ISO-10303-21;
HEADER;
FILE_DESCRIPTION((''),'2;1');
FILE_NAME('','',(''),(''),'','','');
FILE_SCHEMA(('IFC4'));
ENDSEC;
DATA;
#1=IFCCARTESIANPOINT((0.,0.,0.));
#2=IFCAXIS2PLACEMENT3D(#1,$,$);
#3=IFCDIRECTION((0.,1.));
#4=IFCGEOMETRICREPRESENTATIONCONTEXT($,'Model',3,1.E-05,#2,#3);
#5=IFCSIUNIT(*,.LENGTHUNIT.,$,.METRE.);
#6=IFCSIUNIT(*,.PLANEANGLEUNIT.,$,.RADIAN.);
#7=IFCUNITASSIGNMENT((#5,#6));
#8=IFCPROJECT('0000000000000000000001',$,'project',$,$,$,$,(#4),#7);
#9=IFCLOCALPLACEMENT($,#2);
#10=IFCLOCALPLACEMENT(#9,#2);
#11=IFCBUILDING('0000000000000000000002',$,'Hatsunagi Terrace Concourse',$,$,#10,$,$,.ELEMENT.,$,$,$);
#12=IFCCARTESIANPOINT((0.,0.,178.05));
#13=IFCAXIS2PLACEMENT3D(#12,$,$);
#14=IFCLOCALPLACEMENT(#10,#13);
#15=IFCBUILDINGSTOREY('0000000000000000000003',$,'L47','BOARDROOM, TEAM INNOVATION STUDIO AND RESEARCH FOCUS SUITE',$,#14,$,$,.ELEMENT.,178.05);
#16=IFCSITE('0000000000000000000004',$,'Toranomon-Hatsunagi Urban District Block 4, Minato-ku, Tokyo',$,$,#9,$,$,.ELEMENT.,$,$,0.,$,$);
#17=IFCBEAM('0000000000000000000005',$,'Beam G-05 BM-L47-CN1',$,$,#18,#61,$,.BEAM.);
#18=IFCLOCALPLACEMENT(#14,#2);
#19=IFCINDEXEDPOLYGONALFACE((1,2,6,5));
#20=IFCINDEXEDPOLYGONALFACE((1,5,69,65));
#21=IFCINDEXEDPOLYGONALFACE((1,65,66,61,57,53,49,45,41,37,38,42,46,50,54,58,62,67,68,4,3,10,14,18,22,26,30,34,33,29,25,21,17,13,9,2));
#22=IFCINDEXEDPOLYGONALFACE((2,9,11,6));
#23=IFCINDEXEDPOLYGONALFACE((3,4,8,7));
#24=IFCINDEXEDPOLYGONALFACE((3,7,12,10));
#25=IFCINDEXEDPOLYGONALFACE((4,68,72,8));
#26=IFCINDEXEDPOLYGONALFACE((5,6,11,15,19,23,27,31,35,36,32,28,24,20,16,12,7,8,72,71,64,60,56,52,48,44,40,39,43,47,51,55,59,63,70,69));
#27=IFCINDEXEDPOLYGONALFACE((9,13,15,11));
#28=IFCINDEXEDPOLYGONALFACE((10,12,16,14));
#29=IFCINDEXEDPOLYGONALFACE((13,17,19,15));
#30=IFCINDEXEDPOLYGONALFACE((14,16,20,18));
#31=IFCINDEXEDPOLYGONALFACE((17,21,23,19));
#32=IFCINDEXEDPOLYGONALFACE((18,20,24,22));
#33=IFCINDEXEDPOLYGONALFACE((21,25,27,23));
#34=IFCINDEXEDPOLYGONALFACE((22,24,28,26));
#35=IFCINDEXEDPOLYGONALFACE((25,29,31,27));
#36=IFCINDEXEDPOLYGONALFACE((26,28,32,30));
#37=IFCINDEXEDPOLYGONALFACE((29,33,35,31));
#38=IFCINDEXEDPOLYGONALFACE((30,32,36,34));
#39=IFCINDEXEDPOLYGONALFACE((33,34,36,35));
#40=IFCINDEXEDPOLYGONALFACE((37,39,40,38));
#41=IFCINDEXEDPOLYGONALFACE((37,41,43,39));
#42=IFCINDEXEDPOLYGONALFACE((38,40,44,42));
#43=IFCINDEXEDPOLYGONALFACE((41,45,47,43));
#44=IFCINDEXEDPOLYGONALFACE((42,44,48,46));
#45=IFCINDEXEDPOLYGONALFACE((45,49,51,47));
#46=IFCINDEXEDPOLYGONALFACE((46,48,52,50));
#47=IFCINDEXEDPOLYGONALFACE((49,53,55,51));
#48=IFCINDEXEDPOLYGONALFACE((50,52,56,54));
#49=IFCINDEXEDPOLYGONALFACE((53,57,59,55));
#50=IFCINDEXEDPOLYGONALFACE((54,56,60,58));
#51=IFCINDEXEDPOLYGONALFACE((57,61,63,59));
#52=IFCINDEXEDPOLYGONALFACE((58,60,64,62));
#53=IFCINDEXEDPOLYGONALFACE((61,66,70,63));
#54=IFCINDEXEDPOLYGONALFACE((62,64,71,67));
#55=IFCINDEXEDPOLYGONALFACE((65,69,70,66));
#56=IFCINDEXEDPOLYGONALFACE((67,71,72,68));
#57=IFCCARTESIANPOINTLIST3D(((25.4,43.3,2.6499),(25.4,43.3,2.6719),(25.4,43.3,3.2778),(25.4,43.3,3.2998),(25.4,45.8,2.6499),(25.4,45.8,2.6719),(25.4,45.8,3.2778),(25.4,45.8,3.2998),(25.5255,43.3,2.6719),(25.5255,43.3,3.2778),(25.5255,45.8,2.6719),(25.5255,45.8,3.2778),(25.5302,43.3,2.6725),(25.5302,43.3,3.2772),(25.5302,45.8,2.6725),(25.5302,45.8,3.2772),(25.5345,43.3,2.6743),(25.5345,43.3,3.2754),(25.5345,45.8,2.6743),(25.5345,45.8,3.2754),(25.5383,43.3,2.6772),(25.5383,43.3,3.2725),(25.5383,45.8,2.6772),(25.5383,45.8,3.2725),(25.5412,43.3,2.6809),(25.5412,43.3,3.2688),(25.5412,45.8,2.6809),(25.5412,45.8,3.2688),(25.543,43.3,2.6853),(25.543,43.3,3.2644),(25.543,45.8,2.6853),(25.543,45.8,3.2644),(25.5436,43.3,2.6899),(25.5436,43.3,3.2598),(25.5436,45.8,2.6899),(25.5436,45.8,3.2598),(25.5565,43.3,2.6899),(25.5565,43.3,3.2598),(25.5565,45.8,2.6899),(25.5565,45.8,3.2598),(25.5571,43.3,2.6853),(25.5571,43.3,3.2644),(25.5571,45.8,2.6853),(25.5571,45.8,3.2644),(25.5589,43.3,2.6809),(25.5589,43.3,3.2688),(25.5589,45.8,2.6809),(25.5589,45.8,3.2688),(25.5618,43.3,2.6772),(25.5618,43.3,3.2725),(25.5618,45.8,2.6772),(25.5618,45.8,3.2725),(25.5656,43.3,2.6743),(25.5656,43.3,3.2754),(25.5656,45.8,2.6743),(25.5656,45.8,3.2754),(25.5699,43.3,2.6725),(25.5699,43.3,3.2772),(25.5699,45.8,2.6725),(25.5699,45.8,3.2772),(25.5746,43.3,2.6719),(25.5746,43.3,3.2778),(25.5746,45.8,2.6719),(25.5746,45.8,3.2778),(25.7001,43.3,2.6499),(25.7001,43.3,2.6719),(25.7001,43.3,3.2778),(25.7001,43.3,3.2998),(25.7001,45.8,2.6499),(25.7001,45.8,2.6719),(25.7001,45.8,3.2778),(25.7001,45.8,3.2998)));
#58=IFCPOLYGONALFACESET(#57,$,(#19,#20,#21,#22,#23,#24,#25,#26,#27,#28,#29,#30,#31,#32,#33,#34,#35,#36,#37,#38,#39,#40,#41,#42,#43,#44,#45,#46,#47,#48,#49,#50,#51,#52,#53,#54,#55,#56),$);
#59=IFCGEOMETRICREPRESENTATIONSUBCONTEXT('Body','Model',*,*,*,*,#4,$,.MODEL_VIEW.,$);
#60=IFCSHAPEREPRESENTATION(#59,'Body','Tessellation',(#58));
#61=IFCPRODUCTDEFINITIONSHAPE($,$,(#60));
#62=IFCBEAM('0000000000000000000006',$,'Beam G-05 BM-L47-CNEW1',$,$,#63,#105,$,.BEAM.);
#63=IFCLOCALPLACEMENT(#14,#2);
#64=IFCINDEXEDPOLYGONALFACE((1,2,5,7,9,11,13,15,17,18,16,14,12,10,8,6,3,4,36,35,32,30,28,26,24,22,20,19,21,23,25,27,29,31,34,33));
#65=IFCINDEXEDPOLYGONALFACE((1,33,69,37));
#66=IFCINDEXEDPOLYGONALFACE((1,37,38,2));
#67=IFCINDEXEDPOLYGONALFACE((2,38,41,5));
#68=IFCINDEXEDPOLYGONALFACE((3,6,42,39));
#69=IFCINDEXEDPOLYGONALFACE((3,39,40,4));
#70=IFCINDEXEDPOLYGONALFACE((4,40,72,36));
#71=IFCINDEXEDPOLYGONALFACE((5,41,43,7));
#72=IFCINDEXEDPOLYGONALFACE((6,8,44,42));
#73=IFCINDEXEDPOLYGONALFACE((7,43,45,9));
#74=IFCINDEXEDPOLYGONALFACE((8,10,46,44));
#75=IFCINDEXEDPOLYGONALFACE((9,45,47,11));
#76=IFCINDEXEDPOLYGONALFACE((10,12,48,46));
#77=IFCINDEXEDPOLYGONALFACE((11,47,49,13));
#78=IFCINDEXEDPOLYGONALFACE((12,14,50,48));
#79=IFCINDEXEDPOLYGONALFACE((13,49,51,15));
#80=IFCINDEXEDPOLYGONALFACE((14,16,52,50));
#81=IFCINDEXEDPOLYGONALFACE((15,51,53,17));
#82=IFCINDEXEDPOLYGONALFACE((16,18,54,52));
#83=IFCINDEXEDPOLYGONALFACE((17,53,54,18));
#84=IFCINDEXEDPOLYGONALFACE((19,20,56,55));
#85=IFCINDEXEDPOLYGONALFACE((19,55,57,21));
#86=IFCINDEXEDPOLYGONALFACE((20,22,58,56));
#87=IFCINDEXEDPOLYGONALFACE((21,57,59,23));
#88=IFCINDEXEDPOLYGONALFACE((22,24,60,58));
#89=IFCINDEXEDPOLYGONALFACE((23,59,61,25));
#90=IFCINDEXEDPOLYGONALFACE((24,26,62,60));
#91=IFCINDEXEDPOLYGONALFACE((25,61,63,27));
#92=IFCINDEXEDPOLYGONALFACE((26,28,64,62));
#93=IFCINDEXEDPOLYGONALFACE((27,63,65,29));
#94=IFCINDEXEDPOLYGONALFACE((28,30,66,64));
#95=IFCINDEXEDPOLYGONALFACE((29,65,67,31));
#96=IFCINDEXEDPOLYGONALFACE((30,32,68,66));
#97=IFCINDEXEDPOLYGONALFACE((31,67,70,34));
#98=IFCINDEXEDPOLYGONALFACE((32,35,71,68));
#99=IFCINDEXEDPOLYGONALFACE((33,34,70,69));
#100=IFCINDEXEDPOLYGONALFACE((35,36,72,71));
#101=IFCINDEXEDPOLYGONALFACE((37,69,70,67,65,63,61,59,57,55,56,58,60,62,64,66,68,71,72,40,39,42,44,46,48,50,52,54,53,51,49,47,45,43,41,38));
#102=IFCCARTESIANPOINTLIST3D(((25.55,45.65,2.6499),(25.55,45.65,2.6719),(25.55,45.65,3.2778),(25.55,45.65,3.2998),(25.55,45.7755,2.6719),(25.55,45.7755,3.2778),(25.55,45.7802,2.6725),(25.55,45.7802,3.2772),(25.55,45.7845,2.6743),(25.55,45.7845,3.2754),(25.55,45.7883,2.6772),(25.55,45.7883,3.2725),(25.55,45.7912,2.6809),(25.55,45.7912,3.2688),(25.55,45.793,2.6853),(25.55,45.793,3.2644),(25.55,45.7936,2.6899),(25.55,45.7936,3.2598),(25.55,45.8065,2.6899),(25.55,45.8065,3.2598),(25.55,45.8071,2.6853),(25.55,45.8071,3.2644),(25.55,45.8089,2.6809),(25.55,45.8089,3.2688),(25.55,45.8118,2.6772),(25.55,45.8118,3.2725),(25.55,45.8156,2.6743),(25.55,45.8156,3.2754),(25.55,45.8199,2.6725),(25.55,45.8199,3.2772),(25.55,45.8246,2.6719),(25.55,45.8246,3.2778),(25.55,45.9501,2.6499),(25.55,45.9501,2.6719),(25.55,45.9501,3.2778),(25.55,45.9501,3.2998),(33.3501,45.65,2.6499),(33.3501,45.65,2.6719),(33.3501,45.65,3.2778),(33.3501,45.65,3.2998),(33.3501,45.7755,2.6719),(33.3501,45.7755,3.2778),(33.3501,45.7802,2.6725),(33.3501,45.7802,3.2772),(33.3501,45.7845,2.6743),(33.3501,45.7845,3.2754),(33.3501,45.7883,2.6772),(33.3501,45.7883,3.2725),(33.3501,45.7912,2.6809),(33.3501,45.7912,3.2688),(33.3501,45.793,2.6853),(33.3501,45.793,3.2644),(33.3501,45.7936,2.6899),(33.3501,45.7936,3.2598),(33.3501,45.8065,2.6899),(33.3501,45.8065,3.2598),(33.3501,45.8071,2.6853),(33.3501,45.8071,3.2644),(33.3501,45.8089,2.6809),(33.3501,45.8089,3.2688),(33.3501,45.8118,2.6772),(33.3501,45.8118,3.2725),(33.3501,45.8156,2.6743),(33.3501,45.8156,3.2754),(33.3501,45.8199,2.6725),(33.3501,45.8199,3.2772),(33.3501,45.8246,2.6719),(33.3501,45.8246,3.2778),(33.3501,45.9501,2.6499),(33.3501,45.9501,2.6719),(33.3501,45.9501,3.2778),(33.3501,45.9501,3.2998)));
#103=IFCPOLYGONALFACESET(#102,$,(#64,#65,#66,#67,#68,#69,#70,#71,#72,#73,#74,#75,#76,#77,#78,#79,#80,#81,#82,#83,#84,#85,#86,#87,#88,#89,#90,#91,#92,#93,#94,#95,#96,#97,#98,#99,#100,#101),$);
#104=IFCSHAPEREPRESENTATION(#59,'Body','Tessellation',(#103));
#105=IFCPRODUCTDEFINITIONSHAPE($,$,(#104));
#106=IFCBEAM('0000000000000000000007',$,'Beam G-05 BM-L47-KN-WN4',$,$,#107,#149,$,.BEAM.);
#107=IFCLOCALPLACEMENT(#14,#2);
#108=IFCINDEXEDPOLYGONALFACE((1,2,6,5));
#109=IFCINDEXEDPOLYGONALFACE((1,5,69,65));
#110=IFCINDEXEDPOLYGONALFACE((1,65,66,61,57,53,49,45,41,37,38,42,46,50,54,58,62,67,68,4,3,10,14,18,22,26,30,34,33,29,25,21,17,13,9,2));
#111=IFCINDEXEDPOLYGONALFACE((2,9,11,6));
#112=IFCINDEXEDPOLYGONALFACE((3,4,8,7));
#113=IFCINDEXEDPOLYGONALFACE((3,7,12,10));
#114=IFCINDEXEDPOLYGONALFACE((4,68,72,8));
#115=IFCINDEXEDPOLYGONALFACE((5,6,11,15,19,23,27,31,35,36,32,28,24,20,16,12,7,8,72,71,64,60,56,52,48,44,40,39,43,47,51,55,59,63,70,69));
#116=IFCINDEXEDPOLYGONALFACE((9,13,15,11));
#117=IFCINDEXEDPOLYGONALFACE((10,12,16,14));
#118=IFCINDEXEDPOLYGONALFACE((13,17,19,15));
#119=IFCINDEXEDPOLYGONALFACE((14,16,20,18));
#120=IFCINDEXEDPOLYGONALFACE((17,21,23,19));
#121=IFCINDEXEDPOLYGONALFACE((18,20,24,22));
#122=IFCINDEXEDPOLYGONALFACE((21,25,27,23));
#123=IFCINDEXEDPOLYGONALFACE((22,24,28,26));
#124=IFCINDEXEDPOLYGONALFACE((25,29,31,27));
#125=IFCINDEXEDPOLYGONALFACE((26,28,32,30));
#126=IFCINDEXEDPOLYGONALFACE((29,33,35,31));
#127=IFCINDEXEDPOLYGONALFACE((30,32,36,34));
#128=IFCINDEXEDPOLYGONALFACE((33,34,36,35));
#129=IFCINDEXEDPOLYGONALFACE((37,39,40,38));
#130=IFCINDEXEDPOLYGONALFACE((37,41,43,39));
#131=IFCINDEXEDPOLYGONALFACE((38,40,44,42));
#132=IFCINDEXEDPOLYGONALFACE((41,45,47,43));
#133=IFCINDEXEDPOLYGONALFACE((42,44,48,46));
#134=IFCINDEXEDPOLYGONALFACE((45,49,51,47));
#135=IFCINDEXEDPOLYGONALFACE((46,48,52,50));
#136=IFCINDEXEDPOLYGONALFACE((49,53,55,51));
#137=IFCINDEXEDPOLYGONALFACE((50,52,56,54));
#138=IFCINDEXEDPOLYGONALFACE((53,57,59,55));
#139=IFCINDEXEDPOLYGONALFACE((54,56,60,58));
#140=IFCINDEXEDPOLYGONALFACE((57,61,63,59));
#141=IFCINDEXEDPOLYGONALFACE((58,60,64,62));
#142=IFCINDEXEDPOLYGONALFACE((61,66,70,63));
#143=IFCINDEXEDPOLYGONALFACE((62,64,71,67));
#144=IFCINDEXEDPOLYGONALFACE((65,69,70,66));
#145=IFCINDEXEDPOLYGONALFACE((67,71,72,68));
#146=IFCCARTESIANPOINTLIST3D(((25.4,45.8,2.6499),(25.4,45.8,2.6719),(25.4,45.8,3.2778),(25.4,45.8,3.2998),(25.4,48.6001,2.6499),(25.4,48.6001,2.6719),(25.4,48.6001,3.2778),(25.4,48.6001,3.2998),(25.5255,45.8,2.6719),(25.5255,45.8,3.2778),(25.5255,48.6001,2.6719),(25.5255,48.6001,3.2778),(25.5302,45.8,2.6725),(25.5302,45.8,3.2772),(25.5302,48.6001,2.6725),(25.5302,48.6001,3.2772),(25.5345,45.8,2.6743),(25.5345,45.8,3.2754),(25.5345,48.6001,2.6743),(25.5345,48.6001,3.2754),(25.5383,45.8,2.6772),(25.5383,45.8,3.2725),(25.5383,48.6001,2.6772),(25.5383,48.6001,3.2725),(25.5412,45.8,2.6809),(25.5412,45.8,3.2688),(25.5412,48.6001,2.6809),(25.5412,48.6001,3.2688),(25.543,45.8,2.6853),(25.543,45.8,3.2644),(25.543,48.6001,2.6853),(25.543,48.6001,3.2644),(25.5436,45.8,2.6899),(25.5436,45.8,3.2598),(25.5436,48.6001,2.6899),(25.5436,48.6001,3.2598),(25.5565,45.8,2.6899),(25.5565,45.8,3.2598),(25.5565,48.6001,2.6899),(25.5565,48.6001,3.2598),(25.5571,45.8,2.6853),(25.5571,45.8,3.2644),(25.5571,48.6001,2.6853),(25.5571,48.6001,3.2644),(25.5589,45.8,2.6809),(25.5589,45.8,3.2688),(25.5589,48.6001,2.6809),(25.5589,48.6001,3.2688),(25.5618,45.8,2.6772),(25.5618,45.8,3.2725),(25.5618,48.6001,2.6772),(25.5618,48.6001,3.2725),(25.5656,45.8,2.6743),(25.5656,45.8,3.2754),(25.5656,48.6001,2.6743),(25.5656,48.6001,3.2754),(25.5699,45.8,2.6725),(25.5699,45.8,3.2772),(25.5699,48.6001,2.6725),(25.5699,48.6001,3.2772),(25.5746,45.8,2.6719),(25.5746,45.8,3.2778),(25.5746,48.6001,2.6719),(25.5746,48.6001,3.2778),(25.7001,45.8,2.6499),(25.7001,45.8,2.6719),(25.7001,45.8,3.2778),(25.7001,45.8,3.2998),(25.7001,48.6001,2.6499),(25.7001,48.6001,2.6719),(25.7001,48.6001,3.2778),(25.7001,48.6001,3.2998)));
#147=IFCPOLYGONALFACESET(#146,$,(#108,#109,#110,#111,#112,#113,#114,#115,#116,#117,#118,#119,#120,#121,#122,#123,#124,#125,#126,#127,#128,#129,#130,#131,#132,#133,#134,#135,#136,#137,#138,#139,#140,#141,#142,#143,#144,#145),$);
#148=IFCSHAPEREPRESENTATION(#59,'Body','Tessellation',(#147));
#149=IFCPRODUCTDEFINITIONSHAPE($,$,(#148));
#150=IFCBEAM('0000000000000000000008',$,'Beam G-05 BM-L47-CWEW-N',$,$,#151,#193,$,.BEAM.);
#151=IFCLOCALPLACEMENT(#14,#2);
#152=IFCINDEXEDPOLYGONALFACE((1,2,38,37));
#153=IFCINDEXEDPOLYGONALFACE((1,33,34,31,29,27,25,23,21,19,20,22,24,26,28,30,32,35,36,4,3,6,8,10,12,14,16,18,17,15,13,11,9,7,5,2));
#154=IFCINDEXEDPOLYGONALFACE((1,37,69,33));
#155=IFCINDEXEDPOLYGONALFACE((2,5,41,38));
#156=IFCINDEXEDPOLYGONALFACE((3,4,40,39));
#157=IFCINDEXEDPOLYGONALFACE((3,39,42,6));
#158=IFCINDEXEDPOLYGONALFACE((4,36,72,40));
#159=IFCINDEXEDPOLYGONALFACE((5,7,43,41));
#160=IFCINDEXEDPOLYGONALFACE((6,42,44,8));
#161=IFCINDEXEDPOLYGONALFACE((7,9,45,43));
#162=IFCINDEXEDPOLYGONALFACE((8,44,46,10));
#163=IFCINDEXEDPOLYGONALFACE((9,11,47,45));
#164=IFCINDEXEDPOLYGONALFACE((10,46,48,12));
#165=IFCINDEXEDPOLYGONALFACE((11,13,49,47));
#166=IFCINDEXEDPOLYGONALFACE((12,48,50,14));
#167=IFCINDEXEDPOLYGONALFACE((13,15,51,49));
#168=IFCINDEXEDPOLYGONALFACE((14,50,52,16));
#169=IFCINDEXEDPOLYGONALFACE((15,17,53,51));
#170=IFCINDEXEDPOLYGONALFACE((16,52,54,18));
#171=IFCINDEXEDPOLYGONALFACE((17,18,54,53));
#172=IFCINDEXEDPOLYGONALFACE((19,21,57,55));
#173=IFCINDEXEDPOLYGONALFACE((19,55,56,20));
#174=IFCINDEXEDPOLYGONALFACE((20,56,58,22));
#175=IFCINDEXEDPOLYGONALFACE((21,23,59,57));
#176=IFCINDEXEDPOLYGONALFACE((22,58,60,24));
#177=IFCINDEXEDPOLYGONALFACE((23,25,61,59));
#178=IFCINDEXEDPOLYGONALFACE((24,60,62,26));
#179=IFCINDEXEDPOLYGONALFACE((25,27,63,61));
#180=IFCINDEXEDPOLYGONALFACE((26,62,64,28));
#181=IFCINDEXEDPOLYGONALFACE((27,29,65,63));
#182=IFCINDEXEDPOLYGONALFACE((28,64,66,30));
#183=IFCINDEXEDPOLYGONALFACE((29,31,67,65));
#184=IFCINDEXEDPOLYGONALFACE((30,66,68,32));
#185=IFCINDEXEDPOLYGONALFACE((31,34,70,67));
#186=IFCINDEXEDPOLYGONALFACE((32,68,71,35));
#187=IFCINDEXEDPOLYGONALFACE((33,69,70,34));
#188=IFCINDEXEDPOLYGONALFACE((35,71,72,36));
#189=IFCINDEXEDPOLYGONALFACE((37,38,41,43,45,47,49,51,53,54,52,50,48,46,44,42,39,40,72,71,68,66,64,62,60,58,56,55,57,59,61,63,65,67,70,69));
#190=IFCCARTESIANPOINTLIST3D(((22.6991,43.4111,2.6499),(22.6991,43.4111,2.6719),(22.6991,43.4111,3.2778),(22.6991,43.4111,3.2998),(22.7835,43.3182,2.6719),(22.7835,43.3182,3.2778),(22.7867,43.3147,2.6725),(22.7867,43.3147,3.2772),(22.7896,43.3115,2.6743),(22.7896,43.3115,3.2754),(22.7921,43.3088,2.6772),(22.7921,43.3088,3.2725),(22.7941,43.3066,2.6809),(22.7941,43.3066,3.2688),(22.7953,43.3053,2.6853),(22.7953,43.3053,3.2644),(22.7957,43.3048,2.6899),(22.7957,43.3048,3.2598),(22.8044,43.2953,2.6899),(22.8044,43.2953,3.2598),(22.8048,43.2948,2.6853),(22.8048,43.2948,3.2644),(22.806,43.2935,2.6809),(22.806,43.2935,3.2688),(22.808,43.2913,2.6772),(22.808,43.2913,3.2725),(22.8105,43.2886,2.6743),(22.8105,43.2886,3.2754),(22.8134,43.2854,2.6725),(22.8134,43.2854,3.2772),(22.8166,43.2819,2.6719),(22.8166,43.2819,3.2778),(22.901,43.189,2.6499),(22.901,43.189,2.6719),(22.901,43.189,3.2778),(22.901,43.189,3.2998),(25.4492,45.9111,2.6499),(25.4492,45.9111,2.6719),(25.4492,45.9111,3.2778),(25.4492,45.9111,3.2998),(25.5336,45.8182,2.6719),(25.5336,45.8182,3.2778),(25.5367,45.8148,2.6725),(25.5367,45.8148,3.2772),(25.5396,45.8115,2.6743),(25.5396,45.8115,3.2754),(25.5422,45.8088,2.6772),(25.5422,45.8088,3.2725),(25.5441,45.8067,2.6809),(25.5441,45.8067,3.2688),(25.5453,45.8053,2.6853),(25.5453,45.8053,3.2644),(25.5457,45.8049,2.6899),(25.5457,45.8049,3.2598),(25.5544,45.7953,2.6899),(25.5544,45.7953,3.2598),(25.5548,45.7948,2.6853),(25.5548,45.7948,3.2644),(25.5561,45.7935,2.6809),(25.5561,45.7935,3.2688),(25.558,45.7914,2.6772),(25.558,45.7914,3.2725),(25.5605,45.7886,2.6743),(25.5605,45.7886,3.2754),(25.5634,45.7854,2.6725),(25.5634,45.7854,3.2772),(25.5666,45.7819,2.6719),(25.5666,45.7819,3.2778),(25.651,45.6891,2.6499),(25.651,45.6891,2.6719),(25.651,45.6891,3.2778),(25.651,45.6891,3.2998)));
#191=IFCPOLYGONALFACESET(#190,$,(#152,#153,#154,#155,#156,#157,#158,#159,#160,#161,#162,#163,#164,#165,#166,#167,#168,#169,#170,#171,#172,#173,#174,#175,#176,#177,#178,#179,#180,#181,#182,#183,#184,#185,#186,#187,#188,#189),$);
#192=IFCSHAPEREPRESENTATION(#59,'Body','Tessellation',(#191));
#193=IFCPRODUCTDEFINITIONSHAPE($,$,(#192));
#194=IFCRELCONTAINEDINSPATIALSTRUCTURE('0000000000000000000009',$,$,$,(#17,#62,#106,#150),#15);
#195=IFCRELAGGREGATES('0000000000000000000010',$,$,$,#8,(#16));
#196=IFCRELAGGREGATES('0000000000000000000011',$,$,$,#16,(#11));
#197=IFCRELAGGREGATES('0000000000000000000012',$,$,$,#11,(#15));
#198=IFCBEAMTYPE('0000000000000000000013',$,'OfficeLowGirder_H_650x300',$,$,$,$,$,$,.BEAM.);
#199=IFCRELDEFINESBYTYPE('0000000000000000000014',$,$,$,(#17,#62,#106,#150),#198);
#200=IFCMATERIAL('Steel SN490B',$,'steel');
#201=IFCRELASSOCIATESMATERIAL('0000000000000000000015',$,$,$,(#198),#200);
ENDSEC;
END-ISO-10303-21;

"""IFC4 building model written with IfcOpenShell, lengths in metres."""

from ifc_helpers import new_model, si_unit, direction, frame, origin, origin_2d, place, context, subcontext, project, spatial, i_section, extrude, material, material_profile, profile_set, type_object, element, save


model = new_model("IFC4")

# Units and contexts
model_context = context("Model", 3, precision=1e-05, world=origin(), true_north=direction((0.0, 1.0)))
body_context = subcontext(model_context, "Body", "Model", "MODEL_VIEW")
ifc_project = project(units=[si_unit("LENGTHUNIT", "METRE"), si_unit("PLANEANGLEUNIT", "RADIAN")], contexts=[model_context])

# Site, building, storey
site_placement = place(None, origin())
site = spatial("IfcSite", under=ifc_project, at=site_placement, Name="Toranomon-Hatsunagi Urban District Block 4, Minato-ku, Tokyo", CompositionType="ELEMENT", RefElevation=0.0)
building_placement = place(site_placement, origin())
building = spatial("IfcBuilding", under=site, at=building_placement, Name="Hatsunagi Terrace Concourse", CompositionType="ELEMENT")
storey_placement = place(building_placement, frame((0.0, 0.0, 178.05)))
storey = spatial("IfcBuildingStorey", under=building, at=storey_placement, Name="L47", Description="BOARDROOM, TEAM INNOVATION STUDIO AND RESEARCH FOCUS SUITE", CompositionType="ELEMENT", Elevation=178.05)

# Beams
ifc_material_1 = material(Name="Steel SN490B", Category="steel")
ifc_material_profile_1 = material_profile(ifc_material_1, i_section(OverallWidth=0.3, OverallDepth=0.6499, WebThickness=0.0129, FlangeThickness=0.022, FilletRadius=0.0181, at=origin_2d()), Name="H-650x300x13x22")
ifc_profile_set_1 = profile_set([ifc_material_profile_1], Name="Steel SN490B")
beam_type_1 = type_object("IfcBeamType", Name="OfficeLowGirder_H_650x300", PredefinedType="BEAM", material=ifc_profile_set_1)
beam_1_placement = place(storey_placement, frame((25.55, 43.3, 2.9749), z_axis=(0.0, 1.0, 0.0), x_axis=(-1.0, 0.0, 0.0)))
element("IfcBeam", 1, at=beam_1_placement, inside=storey, type_object=beam_type_1, Name="Beam G-05 BM-L47-CN1", PredefinedType="BEAM", context=body_context, shape_type="SweptSolid", body=[
    extrude(i_section(OverallWidth=0.3, OverallDepth=0.6499, WebThickness=0.0129, FlangeThickness=0.022, FilletRadius=0.0181, at=origin_2d()), origin(), (0.0, 0.0, 1.0), 2.5),
])
beam_2_placement = place(storey_placement, frame((25.55, 45.8, 2.9749), z_axis=(1.0, 0.0, 0.0), x_axis=(0.0, 1.0, 0.0)))
element("IfcBeam", 2, at=beam_2_placement, inside=storey, type_object=beam_type_1, Name="Beam G-05 BM-L47-CNEW1", PredefinedType="BEAM", context=body_context, shape_type="SweptSolid", body=[
    extrude(i_section(OverallWidth=0.3, OverallDepth=0.6499, WebThickness=0.0129, FlangeThickness=0.022, FilletRadius=0.0181, at=origin_2d()), origin(), (0.0, 0.0, 1.0), 7.8),
])
beam_3_placement = place(storey_placement, frame((25.55, 45.8, 2.9749), z_axis=(0.0, 1.0, 0.0), x_axis=(-1.0, 0.0, 0.0)))
element("IfcBeam", 3, at=beam_3_placement, inside=storey, type_object=beam_type_1, Name="Beam G-05 BM-L47-KN-WN4", PredefinedType="BEAM", context=body_context, shape_type="SweptSolid", body=[
    extrude(i_section(OverallWidth=0.3, OverallDepth=0.6499, WebThickness=0.0129, FlangeThickness=0.022, FilletRadius=0.0181, at=origin_2d()), origin(), (0.0, 0.0, 1.0), 2.8),
])
beam_4_placement = place(storey_placement, frame((22.8, 43.3, 2.9749), z_axis=(0.73994, 0.672673, 0.0), x_axis=(-0.672673, 0.73994, 0.0)))
element("IfcBeam", 4, at=beam_4_placement, inside=storey, type_object=beam_type_1, Name="Beam G-05 BM-L47-CWEW-N", PredefinedType="BEAM", context=body_context, shape_type="SweptSolid", body=[
    extrude(i_section(OverallWidth=0.3, OverallDepth=0.6499, WebThickness=0.0129, FlangeThickness=0.022, FilletRadius=0.0181, at=origin_2d()), origin(), (0.0, 0.0, 1.0), 3.7166),
])

save(model, "model.ifc")
